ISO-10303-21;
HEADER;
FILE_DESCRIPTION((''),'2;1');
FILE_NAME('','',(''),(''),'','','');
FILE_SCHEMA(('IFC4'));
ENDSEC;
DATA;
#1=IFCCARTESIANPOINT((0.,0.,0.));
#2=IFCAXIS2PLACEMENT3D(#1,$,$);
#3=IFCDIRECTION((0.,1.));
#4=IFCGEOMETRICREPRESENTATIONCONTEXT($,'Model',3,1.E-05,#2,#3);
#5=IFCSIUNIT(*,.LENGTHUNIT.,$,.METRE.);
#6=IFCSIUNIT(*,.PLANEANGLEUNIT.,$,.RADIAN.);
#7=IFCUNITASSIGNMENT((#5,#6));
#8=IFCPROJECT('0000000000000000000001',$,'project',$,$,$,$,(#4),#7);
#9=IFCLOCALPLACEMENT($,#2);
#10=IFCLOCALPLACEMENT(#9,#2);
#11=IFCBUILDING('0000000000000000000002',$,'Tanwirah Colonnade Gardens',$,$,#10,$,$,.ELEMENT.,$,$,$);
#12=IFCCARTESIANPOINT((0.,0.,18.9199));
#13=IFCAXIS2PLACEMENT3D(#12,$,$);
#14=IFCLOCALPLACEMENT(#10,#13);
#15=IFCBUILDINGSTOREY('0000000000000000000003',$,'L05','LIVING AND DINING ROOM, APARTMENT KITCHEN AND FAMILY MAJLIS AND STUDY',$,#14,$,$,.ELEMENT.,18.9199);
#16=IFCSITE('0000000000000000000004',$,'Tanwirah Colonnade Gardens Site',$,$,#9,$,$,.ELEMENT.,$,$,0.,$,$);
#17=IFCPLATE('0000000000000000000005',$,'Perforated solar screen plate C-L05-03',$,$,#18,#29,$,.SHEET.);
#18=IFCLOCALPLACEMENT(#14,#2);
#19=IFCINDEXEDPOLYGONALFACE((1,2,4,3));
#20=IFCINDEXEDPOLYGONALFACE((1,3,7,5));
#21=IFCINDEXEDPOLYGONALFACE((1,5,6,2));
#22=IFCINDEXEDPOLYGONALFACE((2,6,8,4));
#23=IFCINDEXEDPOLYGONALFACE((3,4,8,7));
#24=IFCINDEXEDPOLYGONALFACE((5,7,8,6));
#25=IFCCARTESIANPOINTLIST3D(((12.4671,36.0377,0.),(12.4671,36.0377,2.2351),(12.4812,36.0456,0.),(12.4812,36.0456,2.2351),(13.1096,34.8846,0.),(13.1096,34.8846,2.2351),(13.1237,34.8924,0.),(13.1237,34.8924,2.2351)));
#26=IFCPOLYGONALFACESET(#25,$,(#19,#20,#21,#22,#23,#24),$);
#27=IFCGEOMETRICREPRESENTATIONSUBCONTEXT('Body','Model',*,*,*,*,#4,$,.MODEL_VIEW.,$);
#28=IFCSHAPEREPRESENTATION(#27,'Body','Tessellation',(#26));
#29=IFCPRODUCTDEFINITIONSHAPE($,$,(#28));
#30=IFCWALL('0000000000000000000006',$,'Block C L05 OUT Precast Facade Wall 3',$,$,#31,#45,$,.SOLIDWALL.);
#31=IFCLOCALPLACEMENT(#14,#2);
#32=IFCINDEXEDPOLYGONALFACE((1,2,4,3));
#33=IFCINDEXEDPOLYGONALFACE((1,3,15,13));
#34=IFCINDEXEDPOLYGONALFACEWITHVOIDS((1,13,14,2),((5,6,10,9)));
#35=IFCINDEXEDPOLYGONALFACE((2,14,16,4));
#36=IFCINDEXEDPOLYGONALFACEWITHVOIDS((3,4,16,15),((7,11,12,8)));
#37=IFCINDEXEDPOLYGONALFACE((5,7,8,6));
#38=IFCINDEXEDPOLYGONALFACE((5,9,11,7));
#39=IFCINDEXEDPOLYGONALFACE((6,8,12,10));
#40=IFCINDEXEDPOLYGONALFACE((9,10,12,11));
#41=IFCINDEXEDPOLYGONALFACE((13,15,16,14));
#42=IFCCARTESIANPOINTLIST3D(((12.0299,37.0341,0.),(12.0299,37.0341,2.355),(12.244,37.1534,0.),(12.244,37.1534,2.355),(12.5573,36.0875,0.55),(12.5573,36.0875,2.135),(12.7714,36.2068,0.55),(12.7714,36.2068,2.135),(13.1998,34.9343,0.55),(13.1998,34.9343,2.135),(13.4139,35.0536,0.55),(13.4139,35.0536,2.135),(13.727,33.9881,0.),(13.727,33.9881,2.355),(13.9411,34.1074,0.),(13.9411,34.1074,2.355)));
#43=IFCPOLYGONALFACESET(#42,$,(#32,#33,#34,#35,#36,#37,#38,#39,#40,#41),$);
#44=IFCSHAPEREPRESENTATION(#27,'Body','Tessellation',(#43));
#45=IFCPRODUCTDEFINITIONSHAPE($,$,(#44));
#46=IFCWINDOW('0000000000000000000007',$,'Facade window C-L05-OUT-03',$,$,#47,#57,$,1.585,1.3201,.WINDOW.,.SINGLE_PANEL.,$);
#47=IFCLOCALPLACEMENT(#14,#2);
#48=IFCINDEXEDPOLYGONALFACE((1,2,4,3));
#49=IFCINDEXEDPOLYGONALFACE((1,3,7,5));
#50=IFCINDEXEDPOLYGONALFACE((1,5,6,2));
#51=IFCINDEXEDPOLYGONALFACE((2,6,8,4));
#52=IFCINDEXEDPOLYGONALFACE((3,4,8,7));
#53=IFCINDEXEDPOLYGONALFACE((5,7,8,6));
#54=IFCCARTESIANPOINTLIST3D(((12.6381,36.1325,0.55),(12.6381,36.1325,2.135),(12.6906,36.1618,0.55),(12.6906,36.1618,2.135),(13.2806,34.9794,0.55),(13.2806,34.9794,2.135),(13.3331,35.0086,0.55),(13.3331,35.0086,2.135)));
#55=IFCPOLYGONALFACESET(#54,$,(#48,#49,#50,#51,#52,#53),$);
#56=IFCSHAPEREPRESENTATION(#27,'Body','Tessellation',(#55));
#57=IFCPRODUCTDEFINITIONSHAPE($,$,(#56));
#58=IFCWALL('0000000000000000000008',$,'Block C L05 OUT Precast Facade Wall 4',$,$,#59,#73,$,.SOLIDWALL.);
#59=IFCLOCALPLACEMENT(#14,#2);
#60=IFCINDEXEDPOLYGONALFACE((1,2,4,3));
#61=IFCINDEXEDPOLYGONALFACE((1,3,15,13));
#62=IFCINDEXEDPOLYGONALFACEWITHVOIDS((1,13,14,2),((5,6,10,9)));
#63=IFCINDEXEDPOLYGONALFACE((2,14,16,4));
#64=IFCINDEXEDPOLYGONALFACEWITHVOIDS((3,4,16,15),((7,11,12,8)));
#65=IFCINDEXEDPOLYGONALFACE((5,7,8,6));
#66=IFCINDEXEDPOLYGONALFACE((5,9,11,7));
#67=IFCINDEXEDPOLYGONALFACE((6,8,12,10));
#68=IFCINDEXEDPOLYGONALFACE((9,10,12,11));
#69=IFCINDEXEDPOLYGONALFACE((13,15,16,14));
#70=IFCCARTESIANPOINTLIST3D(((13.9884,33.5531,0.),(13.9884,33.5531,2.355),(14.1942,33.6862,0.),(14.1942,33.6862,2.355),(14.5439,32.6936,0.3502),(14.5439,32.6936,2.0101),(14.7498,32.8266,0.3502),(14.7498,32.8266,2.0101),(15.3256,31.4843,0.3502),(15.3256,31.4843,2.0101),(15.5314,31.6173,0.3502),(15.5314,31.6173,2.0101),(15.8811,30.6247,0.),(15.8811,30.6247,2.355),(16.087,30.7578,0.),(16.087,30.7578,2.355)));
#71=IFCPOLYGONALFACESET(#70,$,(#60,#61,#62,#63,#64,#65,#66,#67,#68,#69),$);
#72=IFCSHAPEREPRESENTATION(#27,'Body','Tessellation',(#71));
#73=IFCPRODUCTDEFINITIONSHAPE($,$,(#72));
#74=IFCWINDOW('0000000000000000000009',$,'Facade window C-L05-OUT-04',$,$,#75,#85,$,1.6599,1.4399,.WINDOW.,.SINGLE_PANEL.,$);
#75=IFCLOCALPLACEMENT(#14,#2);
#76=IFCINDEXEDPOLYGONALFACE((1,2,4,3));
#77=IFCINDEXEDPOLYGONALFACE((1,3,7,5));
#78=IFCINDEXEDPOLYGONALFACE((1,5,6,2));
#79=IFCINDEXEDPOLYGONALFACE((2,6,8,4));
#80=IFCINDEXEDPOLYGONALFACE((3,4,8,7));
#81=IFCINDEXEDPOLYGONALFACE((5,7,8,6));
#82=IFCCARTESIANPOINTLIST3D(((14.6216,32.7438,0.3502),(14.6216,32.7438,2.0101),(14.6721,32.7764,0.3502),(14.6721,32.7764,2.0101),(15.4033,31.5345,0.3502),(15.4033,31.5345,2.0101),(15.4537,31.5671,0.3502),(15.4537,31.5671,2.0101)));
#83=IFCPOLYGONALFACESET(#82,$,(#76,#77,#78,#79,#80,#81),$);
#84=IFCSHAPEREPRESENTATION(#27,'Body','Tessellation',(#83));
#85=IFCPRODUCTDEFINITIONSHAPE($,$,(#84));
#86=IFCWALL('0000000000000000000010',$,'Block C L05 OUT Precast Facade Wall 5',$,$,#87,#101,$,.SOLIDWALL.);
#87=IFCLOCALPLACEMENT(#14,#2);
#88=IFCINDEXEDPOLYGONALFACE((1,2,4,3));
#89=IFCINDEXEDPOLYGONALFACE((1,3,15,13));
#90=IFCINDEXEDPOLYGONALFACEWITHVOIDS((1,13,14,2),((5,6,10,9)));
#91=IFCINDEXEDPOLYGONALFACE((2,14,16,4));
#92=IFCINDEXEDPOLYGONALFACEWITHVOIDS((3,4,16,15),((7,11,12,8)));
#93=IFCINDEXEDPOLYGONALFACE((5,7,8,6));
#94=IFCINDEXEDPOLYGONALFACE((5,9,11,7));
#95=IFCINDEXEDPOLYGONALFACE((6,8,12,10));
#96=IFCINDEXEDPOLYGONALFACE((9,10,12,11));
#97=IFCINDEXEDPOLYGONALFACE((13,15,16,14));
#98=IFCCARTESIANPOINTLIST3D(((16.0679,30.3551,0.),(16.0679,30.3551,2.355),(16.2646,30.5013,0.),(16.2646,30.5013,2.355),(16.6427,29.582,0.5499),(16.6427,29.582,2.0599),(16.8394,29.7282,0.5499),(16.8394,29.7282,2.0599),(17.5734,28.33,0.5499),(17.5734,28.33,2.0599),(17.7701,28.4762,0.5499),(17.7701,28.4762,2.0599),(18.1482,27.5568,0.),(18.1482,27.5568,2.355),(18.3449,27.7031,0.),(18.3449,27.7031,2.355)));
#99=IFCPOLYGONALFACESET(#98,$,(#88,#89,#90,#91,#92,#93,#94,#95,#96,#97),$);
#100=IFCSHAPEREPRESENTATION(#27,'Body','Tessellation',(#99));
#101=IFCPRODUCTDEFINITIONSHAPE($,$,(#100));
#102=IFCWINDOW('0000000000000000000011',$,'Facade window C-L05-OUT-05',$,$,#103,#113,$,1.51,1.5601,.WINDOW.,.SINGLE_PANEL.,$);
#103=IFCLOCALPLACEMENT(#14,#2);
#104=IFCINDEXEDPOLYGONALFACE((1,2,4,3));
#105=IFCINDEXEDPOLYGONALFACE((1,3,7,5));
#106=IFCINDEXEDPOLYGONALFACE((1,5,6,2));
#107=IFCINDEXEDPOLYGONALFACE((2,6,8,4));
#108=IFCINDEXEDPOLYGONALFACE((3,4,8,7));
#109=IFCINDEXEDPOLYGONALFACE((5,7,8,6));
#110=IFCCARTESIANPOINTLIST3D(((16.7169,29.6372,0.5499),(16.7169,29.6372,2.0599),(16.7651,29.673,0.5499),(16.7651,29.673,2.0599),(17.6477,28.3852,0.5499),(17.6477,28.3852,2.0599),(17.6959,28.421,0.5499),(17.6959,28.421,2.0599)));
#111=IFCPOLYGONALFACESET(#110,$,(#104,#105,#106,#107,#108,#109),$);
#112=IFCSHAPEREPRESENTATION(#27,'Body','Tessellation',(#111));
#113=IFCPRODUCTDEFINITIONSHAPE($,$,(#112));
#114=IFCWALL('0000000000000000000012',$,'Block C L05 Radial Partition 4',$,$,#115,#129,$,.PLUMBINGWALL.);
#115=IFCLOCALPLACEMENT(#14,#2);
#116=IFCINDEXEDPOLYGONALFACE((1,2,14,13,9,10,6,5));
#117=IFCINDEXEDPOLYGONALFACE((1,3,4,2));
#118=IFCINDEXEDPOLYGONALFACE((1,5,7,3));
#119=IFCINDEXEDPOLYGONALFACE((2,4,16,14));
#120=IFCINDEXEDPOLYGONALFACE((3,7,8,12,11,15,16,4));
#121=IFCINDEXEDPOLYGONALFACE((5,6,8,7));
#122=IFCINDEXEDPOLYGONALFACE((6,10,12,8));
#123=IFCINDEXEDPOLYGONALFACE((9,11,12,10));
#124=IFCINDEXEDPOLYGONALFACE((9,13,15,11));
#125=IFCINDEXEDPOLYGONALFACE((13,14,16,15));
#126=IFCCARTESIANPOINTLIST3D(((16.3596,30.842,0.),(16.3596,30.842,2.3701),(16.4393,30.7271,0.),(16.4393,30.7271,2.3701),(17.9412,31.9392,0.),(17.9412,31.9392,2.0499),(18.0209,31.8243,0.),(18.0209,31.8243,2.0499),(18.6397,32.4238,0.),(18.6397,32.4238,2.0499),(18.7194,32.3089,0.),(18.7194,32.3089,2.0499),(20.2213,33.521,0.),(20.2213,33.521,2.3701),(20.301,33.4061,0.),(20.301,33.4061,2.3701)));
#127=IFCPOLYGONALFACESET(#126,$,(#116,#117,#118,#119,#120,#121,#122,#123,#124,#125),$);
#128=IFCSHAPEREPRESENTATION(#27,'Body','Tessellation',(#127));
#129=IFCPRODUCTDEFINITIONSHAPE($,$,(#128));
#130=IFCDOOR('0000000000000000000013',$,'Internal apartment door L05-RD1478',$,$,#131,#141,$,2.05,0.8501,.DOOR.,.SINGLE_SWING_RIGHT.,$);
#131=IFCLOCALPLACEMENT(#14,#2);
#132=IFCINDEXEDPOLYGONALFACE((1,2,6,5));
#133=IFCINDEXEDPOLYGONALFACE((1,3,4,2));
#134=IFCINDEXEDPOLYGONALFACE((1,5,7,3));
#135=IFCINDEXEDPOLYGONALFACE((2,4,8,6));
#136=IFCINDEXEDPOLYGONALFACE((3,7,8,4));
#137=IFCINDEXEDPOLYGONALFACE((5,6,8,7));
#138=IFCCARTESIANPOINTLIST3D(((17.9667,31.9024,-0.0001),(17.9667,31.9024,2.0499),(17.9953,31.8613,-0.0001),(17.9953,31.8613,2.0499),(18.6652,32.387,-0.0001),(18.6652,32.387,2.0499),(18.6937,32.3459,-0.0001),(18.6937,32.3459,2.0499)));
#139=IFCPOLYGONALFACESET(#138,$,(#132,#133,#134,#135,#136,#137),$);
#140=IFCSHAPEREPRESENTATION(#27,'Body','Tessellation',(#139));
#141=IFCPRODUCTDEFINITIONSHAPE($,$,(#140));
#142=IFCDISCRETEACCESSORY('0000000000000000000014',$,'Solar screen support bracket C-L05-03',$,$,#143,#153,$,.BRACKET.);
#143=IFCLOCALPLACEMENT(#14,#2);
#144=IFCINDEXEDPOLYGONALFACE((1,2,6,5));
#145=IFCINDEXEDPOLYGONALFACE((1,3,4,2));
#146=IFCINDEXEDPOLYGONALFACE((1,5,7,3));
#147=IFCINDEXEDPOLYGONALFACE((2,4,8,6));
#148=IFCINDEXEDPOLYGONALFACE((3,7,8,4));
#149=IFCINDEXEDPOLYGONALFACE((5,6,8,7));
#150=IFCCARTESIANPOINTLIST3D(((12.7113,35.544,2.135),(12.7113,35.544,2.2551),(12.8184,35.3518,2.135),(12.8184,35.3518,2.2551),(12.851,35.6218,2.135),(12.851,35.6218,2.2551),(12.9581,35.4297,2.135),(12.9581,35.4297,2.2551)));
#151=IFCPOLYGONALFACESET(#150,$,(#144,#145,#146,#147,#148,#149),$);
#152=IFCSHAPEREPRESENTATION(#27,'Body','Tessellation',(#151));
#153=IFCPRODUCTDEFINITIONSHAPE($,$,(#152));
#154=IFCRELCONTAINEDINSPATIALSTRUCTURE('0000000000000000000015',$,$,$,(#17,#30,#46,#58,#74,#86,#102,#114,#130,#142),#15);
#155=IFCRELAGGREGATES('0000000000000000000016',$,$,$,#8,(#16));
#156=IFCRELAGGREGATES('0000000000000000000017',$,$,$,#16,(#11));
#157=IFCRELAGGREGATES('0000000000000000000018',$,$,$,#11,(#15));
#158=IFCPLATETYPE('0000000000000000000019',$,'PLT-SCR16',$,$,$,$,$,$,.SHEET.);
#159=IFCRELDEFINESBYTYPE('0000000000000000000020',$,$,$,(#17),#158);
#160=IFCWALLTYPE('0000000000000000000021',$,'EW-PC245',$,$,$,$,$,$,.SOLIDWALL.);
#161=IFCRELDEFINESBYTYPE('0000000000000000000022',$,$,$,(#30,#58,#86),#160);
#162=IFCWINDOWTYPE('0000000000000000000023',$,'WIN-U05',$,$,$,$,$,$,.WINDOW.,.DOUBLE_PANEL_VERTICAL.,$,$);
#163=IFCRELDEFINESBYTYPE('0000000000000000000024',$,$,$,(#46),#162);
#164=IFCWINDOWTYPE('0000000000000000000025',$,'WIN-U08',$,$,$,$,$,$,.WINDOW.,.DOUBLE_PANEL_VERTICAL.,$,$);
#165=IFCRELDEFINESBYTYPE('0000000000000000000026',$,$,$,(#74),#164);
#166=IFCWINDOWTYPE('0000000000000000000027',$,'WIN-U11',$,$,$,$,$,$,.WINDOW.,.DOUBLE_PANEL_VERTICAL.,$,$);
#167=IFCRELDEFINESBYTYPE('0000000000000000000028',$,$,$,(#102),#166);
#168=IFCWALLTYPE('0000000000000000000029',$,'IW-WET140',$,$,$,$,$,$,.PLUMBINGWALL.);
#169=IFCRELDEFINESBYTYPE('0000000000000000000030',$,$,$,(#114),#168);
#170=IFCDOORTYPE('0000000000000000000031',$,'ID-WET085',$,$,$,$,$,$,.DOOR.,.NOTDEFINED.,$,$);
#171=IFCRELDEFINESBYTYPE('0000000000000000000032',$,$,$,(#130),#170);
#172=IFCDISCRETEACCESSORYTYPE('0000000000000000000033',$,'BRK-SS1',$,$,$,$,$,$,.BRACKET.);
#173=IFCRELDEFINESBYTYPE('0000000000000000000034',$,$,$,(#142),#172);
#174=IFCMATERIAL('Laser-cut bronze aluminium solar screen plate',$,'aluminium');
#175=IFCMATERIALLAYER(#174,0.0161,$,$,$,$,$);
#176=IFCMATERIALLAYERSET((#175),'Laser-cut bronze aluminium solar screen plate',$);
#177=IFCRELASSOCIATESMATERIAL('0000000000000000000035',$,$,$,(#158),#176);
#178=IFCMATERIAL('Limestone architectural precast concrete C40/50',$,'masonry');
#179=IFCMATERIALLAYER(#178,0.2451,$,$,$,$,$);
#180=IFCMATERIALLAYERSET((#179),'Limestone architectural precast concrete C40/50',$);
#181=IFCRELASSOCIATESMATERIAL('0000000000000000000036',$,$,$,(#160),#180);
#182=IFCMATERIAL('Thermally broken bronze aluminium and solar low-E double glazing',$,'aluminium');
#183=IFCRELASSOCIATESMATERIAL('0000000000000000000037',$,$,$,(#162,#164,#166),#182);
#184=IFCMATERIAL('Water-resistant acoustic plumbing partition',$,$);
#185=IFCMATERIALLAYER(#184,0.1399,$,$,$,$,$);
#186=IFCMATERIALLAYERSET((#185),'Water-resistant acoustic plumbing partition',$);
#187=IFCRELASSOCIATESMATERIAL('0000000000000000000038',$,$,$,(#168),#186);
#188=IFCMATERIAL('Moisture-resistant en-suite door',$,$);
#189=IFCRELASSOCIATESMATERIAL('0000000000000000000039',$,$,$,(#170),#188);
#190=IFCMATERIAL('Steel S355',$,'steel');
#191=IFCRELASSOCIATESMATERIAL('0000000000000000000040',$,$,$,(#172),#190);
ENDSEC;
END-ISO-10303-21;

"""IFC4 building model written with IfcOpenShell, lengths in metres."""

from ifc_helpers import new_model, si_unit, direction, frame, frame_2d, origin, origin_2d, place, context, subcontext, project, spatial, rectangle, extrude, material, layer, layer_set, type_object, element, fill, save


model = new_model("IFC4")

# Units and contexts
model_context = context("Model", 3, precision=1e-05, world=origin(), true_north=direction((0.0, 1.0)))
body_context = subcontext(model_context, "Body", "Model", "MODEL_VIEW")
ifc_project = project(units=[si_unit("LENGTHUNIT", "METRE"), si_unit("PLANEANGLEUNIT", "RADIAN")], contexts=[model_context])

# Site, building, storey
site_placement = place(None, origin())
site = spatial("IfcSite", under=ifc_project, at=site_placement, Name="Tanwirah Colonnade Gardens Site", CompositionType="ELEMENT", RefElevation=0.0)
building_placement = place(site_placement, origin())
building = spatial("IfcBuilding", under=site, at=building_placement, Name="Tanwirah Colonnade Gardens", CompositionType="ELEMENT")
storey_placement = place(building_placement, frame((0.0, 0.0, 18.9199)))
storey = spatial("IfcBuildingStorey", under=building, at=storey_placement, Name="L05", Description="LIVING AND DINING ROOM, APARTMENT KITCHEN AND FAMILY MAJLIS AND STUDY", CompositionType="ELEMENT", Elevation=18.9199)

# Plate
ifc_material_1 = material(Name="Laser-cut bronze aluminium solar screen plate", Category="aluminium")
ifc_layer_1 = layer(ifc_material_1, 0.0161)
ifc_layer_set_1 = layer_set([ifc_layer_1], Name="Laser-cut bronze aluminium solar screen plate")
plate_type = type_object("IfcPlateType", Name="PLT-SCR16", PredefinedType="SHEET", material=ifc_layer_set_1)
plate_placement = place(storey_placement, frame((12.7954, 35.4651, 0.0), z_axis=(0.0, 0.0, 1.0), x_axis=(0.486717, -0.873559, 0.0)))
element("IfcPlate", 1, at=plate_placement, inside=storey, type_object=plate_type, Name="Perforated solar screen plate C-L05-03", PredefinedType="SHEET", context=body_context, shape_type="SweptSolid", body=[
    extrude(rectangle(XDim=1.3201, YDim=0.0161, at=origin_2d()), origin(), (0.0, 0.0, 1.0), 2.2351),
])

# Walls, openings, windows
ifc_material_2 = material(Name="Limestone architectural precast concrete C40/50", Category="masonry")
ifc_layer_2 = layer(ifc_material_2, 0.2451)
ifc_layer_set_2 = layer_set([ifc_layer_2], Name="Limestone architectural precast concrete C40/50")
wall_type_1 = type_object("IfcWallType", Name="EW-PC245", PredefinedType="SOLIDWALL", material=ifc_layer_set_2)
wall_1_placement = place(storey_placement, frame((12.137, 37.0938, 0.0), z_axis=(0.0, 0.0, 1.0), x_axis=(0.486707, -0.873565, 0.0)))
wall_1 = element("IfcWall", 2, at=wall_1_placement, inside=storey, type_object=wall_type_1, Name="Block C L05 OUT Precast Facade Wall 3", PredefinedType="SOLIDWALL", context=body_context, shape_type="SweptSolid", body=[
    extrude(rectangle(XDim=3.4868, YDim=0.2451, at=frame_2d((1.7434, 0.0))), origin(), (0.0, 0.0, 1.0), 2.355),
])
opening_1_placement = place(wall_1_placement, frame((1.0835, 0.0, 0.55)))
opening_1 = element("IfcOpeningElement", 3, at=opening_1_placement, cuts=wall_1, PredefinedType="OPENING", context=body_context, shape_type="SweptSolid", body=[
    extrude(rectangle(XDim=1.3201, YDim=1.585, at=frame_2d((0.6602, 0.7925))), frame((0.0, 0.1326, 0.0), z_axis=(0.0, -1.0, 0.0), x_axis=(1.0, 0.0, 0.0)), (0.0, 0.0, 1.0), 0.2651),
])
ifc_material_3 = material(Name="Thermally broken bronze aluminium and solar low-E double glazing", Category="aluminium")
window_type_1 = type_object("IfcWindowType", Name="WIN-U05", PartitioningType="DOUBLE_PANEL_VERTICAL", PredefinedType="WINDOW", material=ifc_material_3)
window_1_placement = place(opening_1_placement, origin())
window_1 = element("IfcWindow", 4, at=window_1_placement, inside=storey, type_object=window_type_1, Name="Facade window C-L05-OUT-03", OverallHeight=1.585, OverallWidth=1.3201, PartitioningType="SINGLE_PANEL", PredefinedType="WINDOW", context=body_context, shape_type="SweptSolid", body=[
    extrude(rectangle(XDim=1.3201, YDim=1.585, at=frame_2d((0.6602, 0.7925))), frame((0.0, 0.03, 0.0), z_axis=(0.0, -1.0, 0.0), x_axis=(1.0, 0.0, 0.0)), (0.0, 0.0, 1.0), 0.0601),
])
fill(opening_1, window_1)
wall_2_placement = place(storey_placement, frame((14.0913, 33.6196, 0.0), z_axis=(0.0, 0.0, 1.0), x_axis=(0.542833, -0.839841, 0.0)))
wall_2 = element("IfcWall", 5, at=wall_2_placement, inside=storey, type_object=wall_type_1, Name="Block C L05 OUT Precast Facade Wall 4", PredefinedType="SOLIDWALL", context=body_context, shape_type="SweptSolid", body=[
    extrude(rectangle(XDim=3.4868, YDim=0.2451, at=frame_2d((1.7434, 0.0))), origin(), (0.0, 0.0, 1.0), 2.355),
])
opening_2_placement = place(wall_2_placement, frame((1.0234, 0.0, 0.3501)))
opening_2 = element("IfcOpeningElement", 6, at=opening_2_placement, cuts=wall_2, PredefinedType="OPENING", context=body_context, shape_type="SweptSolid", body=[
    extrude(rectangle(XDim=1.4399, YDim=1.6599, at=frame_2d((0.72, 0.8301))), frame((0.0, 0.1326, 0.0), z_axis=(0.0, -1.0, 0.0), x_axis=(1.0, 0.0, 0.0)), (0.0, 0.0, 1.0), 0.2651),
])
window_type_2 = type_object("IfcWindowType", Name="WIN-U08", PartitioningType="DOUBLE_PANEL_VERTICAL", PredefinedType="WINDOW", material=ifc_material_3)
window_2_placement = place(opening_2_placement, origin())
window_2 = element("IfcWindow", 7, at=window_2_placement, inside=storey, type_object=window_type_2, Name="Facade window C-L05-OUT-04", OverallHeight=1.6599, OverallWidth=1.4399, PartitioningType="SINGLE_PANEL", PredefinedType="WINDOW", context=body_context, shape_type="SweptSolid", body=[
    extrude(rectangle(XDim=1.4399, YDim=1.6599, at=frame_2d((0.72, 0.8301))), frame((0.0, 0.03, 0.0), z_axis=(0.0, -1.0, 0.0), x_axis=(1.0, 0.0, 0.0)), (0.0, 0.0, 1.0), 0.0601),
])
fill(opening_2, window_2)
wall_3_placement = place(storey_placement, frame((16.1663, 30.4282, 0.0), z_axis=(0.0, 0.0, 1.0), x_axis=(0.596611, -0.80253, 0.0)))
wall_3 = element("IfcWall", 8, at=wall_3_placement, inside=storey, type_object=wall_type_1, Name="Block C L05 OUT Precast Facade Wall 5", PredefinedType="SOLIDWALL", context=body_context, shape_type="SweptSolid", body=[
    extrude(rectangle(XDim=3.4868, YDim=0.2451, at=frame_2d((1.7434, 0.0))), origin(), (0.0, 0.0, 1.0), 2.355),
])
opening_3_placement = place(wall_3_placement, frame((0.9634, 0.0, 0.55)))
opening_3 = element("IfcOpeningElement", 9, at=opening_3_placement, cuts=wall_3, PredefinedType="OPENING", context=body_context, shape_type="SweptSolid", body=[
    extrude(rectangle(XDim=1.5601, YDim=1.51, at=frame_2d((0.78, 0.7549))), frame((0.0, 0.1326, 0.0), z_axis=(0.0, -1.0, 0.0), x_axis=(1.0, 0.0, 0.0)), (0.0, 0.0, 1.0), 0.2651),
])
window_type_3 = type_object("IfcWindowType", Name="WIN-U11", PartitioningType="DOUBLE_PANEL_VERTICAL", PredefinedType="WINDOW", material=ifc_material_3)
window_3_placement = place(opening_3_placement, origin())
window_3 = element("IfcWindow", 10, at=window_3_placement, inside=storey, type_object=window_type_3, Name="Facade window C-L05-OUT-05", OverallHeight=1.51, OverallWidth=1.5601, PartitioningType="SINGLE_PANEL", PredefinedType="WINDOW", context=body_context, shape_type="SweptSolid", body=[
    extrude(rectangle(XDim=1.5601, YDim=1.51, at=frame_2d((0.78, 0.7549))), frame((0.0, 0.03, 0.0), z_axis=(0.0, -1.0, 0.0), x_axis=(1.0, 0.0, 0.0)), (0.0, 0.0, 1.0), 0.0601),
])
fill(opening_3, window_3)

# Wall, opening, door
ifc_material_4 = material(Name="Water-resistant acoustic plumbing partition")
ifc_layer_3 = layer(ifc_material_4, 0.1399)
ifc_layer_set_3 = layer_set([ifc_layer_3], Name="Water-resistant acoustic plumbing partition")
wall_type_2 = type_object("IfcWallType", Name="IW-WET140", PredefinedType="PLUMBINGWALL", material=ifc_layer_set_3)
wall_4_placement = place(storey_placement, frame((20.2612, 33.4636, 0.0), z_axis=(0.0, 0.0, 1.0), x_axis=(-0.821638, -0.570009, 0.0)))
wall_4 = element("IfcWall", 11, at=wall_4_placement, inside=storey, type_object=wall_type_2, Name="Block C L05 Radial Partition 4", PredefinedType="PLUMBINGWALL", context=body_context, shape_type="SweptSolid", body=[
    extrude(rectangle(XDim=4.7, YDim=0.1399, at=frame_2d((2.3501, 0.0))), origin(), (0.0, 0.0, 1.0), 2.3701),
])
opening_4_placement = place(wall_4_placement, frame((1.925, 0.0, 0.0)))
opening_4 = element("IfcOpeningElement", 12, at=opening_4_placement, cuts=wall_4, PredefinedType="OPENING", context=body_context, shape_type="SweptSolid", body=[
    extrude(rectangle(XDim=0.8501, YDim=2.05, at=frame_2d((0.425, 1.0249))), frame((0.0, 0.0798, 0.0), z_axis=(0.0, -1.0, 0.0), x_axis=(1.0, 0.0, 0.0)), (0.0, 0.0, 1.0), 0.1599),
])
ifc_material_5 = material(Name="Moisture-resistant en-suite door")
door_type_1 = type_object("IfcDoorType", Name="ID-WET085", OperationType="NOTDEFINED", PredefinedType="DOOR", material=ifc_material_5)
door_1_placement = place(opening_4_placement, origin())
door_1 = element("IfcDoor", 13, at=door_1_placement, inside=storey, type_object=door_type_1, Name="Internal apartment door L05-RD1478", OperationType="SINGLE_SWING_RIGHT", OverallHeight=2.05, OverallWidth=0.8501, PredefinedType="DOOR", context=body_context, shape_type="SweptSolid", body=[
    extrude(rectangle(XDim=0.8501, YDim=2.05, at=frame_2d((0.425, 1.0249))), frame((0.0, 0.0249, 0.0), z_axis=(0.0, -1.0, 0.0), x_axis=(1.0, 0.0, 0.0)), (0.0, 0.0, 1.0), 0.05),
])
fill(opening_4, door_1)

# Discrete accessory
ifc_material_6 = material(Name="Steel S355", Category="steel")
discrete_accessory_type = type_object("IfcDiscreteAccessoryType", Name="BRK-SS1", PredefinedType="BRACKET", material=ifc_material_6)
discrete_accessory_placement = place(storey_placement, frame((12.8347, 35.4868, 2.135), z_axis=(0.0, 0.0, 1.0), x_axis=(0.486717, -0.873559, 0.0)))
element("IfcDiscreteAccessory", 14, at=discrete_accessory_placement, inside=storey, type_object=discrete_accessory_type, Name="Solar screen support bracket C-L05-03", PredefinedType="BRACKET", context=body_context, shape_type="SweptSolid", body=[
    extrude(rectangle(XDim=0.22, YDim=0.1599, at=origin_2d()), origin(), (0.0, 0.0, 1.0), 0.1201),
])

save(model, "model.ifc")
